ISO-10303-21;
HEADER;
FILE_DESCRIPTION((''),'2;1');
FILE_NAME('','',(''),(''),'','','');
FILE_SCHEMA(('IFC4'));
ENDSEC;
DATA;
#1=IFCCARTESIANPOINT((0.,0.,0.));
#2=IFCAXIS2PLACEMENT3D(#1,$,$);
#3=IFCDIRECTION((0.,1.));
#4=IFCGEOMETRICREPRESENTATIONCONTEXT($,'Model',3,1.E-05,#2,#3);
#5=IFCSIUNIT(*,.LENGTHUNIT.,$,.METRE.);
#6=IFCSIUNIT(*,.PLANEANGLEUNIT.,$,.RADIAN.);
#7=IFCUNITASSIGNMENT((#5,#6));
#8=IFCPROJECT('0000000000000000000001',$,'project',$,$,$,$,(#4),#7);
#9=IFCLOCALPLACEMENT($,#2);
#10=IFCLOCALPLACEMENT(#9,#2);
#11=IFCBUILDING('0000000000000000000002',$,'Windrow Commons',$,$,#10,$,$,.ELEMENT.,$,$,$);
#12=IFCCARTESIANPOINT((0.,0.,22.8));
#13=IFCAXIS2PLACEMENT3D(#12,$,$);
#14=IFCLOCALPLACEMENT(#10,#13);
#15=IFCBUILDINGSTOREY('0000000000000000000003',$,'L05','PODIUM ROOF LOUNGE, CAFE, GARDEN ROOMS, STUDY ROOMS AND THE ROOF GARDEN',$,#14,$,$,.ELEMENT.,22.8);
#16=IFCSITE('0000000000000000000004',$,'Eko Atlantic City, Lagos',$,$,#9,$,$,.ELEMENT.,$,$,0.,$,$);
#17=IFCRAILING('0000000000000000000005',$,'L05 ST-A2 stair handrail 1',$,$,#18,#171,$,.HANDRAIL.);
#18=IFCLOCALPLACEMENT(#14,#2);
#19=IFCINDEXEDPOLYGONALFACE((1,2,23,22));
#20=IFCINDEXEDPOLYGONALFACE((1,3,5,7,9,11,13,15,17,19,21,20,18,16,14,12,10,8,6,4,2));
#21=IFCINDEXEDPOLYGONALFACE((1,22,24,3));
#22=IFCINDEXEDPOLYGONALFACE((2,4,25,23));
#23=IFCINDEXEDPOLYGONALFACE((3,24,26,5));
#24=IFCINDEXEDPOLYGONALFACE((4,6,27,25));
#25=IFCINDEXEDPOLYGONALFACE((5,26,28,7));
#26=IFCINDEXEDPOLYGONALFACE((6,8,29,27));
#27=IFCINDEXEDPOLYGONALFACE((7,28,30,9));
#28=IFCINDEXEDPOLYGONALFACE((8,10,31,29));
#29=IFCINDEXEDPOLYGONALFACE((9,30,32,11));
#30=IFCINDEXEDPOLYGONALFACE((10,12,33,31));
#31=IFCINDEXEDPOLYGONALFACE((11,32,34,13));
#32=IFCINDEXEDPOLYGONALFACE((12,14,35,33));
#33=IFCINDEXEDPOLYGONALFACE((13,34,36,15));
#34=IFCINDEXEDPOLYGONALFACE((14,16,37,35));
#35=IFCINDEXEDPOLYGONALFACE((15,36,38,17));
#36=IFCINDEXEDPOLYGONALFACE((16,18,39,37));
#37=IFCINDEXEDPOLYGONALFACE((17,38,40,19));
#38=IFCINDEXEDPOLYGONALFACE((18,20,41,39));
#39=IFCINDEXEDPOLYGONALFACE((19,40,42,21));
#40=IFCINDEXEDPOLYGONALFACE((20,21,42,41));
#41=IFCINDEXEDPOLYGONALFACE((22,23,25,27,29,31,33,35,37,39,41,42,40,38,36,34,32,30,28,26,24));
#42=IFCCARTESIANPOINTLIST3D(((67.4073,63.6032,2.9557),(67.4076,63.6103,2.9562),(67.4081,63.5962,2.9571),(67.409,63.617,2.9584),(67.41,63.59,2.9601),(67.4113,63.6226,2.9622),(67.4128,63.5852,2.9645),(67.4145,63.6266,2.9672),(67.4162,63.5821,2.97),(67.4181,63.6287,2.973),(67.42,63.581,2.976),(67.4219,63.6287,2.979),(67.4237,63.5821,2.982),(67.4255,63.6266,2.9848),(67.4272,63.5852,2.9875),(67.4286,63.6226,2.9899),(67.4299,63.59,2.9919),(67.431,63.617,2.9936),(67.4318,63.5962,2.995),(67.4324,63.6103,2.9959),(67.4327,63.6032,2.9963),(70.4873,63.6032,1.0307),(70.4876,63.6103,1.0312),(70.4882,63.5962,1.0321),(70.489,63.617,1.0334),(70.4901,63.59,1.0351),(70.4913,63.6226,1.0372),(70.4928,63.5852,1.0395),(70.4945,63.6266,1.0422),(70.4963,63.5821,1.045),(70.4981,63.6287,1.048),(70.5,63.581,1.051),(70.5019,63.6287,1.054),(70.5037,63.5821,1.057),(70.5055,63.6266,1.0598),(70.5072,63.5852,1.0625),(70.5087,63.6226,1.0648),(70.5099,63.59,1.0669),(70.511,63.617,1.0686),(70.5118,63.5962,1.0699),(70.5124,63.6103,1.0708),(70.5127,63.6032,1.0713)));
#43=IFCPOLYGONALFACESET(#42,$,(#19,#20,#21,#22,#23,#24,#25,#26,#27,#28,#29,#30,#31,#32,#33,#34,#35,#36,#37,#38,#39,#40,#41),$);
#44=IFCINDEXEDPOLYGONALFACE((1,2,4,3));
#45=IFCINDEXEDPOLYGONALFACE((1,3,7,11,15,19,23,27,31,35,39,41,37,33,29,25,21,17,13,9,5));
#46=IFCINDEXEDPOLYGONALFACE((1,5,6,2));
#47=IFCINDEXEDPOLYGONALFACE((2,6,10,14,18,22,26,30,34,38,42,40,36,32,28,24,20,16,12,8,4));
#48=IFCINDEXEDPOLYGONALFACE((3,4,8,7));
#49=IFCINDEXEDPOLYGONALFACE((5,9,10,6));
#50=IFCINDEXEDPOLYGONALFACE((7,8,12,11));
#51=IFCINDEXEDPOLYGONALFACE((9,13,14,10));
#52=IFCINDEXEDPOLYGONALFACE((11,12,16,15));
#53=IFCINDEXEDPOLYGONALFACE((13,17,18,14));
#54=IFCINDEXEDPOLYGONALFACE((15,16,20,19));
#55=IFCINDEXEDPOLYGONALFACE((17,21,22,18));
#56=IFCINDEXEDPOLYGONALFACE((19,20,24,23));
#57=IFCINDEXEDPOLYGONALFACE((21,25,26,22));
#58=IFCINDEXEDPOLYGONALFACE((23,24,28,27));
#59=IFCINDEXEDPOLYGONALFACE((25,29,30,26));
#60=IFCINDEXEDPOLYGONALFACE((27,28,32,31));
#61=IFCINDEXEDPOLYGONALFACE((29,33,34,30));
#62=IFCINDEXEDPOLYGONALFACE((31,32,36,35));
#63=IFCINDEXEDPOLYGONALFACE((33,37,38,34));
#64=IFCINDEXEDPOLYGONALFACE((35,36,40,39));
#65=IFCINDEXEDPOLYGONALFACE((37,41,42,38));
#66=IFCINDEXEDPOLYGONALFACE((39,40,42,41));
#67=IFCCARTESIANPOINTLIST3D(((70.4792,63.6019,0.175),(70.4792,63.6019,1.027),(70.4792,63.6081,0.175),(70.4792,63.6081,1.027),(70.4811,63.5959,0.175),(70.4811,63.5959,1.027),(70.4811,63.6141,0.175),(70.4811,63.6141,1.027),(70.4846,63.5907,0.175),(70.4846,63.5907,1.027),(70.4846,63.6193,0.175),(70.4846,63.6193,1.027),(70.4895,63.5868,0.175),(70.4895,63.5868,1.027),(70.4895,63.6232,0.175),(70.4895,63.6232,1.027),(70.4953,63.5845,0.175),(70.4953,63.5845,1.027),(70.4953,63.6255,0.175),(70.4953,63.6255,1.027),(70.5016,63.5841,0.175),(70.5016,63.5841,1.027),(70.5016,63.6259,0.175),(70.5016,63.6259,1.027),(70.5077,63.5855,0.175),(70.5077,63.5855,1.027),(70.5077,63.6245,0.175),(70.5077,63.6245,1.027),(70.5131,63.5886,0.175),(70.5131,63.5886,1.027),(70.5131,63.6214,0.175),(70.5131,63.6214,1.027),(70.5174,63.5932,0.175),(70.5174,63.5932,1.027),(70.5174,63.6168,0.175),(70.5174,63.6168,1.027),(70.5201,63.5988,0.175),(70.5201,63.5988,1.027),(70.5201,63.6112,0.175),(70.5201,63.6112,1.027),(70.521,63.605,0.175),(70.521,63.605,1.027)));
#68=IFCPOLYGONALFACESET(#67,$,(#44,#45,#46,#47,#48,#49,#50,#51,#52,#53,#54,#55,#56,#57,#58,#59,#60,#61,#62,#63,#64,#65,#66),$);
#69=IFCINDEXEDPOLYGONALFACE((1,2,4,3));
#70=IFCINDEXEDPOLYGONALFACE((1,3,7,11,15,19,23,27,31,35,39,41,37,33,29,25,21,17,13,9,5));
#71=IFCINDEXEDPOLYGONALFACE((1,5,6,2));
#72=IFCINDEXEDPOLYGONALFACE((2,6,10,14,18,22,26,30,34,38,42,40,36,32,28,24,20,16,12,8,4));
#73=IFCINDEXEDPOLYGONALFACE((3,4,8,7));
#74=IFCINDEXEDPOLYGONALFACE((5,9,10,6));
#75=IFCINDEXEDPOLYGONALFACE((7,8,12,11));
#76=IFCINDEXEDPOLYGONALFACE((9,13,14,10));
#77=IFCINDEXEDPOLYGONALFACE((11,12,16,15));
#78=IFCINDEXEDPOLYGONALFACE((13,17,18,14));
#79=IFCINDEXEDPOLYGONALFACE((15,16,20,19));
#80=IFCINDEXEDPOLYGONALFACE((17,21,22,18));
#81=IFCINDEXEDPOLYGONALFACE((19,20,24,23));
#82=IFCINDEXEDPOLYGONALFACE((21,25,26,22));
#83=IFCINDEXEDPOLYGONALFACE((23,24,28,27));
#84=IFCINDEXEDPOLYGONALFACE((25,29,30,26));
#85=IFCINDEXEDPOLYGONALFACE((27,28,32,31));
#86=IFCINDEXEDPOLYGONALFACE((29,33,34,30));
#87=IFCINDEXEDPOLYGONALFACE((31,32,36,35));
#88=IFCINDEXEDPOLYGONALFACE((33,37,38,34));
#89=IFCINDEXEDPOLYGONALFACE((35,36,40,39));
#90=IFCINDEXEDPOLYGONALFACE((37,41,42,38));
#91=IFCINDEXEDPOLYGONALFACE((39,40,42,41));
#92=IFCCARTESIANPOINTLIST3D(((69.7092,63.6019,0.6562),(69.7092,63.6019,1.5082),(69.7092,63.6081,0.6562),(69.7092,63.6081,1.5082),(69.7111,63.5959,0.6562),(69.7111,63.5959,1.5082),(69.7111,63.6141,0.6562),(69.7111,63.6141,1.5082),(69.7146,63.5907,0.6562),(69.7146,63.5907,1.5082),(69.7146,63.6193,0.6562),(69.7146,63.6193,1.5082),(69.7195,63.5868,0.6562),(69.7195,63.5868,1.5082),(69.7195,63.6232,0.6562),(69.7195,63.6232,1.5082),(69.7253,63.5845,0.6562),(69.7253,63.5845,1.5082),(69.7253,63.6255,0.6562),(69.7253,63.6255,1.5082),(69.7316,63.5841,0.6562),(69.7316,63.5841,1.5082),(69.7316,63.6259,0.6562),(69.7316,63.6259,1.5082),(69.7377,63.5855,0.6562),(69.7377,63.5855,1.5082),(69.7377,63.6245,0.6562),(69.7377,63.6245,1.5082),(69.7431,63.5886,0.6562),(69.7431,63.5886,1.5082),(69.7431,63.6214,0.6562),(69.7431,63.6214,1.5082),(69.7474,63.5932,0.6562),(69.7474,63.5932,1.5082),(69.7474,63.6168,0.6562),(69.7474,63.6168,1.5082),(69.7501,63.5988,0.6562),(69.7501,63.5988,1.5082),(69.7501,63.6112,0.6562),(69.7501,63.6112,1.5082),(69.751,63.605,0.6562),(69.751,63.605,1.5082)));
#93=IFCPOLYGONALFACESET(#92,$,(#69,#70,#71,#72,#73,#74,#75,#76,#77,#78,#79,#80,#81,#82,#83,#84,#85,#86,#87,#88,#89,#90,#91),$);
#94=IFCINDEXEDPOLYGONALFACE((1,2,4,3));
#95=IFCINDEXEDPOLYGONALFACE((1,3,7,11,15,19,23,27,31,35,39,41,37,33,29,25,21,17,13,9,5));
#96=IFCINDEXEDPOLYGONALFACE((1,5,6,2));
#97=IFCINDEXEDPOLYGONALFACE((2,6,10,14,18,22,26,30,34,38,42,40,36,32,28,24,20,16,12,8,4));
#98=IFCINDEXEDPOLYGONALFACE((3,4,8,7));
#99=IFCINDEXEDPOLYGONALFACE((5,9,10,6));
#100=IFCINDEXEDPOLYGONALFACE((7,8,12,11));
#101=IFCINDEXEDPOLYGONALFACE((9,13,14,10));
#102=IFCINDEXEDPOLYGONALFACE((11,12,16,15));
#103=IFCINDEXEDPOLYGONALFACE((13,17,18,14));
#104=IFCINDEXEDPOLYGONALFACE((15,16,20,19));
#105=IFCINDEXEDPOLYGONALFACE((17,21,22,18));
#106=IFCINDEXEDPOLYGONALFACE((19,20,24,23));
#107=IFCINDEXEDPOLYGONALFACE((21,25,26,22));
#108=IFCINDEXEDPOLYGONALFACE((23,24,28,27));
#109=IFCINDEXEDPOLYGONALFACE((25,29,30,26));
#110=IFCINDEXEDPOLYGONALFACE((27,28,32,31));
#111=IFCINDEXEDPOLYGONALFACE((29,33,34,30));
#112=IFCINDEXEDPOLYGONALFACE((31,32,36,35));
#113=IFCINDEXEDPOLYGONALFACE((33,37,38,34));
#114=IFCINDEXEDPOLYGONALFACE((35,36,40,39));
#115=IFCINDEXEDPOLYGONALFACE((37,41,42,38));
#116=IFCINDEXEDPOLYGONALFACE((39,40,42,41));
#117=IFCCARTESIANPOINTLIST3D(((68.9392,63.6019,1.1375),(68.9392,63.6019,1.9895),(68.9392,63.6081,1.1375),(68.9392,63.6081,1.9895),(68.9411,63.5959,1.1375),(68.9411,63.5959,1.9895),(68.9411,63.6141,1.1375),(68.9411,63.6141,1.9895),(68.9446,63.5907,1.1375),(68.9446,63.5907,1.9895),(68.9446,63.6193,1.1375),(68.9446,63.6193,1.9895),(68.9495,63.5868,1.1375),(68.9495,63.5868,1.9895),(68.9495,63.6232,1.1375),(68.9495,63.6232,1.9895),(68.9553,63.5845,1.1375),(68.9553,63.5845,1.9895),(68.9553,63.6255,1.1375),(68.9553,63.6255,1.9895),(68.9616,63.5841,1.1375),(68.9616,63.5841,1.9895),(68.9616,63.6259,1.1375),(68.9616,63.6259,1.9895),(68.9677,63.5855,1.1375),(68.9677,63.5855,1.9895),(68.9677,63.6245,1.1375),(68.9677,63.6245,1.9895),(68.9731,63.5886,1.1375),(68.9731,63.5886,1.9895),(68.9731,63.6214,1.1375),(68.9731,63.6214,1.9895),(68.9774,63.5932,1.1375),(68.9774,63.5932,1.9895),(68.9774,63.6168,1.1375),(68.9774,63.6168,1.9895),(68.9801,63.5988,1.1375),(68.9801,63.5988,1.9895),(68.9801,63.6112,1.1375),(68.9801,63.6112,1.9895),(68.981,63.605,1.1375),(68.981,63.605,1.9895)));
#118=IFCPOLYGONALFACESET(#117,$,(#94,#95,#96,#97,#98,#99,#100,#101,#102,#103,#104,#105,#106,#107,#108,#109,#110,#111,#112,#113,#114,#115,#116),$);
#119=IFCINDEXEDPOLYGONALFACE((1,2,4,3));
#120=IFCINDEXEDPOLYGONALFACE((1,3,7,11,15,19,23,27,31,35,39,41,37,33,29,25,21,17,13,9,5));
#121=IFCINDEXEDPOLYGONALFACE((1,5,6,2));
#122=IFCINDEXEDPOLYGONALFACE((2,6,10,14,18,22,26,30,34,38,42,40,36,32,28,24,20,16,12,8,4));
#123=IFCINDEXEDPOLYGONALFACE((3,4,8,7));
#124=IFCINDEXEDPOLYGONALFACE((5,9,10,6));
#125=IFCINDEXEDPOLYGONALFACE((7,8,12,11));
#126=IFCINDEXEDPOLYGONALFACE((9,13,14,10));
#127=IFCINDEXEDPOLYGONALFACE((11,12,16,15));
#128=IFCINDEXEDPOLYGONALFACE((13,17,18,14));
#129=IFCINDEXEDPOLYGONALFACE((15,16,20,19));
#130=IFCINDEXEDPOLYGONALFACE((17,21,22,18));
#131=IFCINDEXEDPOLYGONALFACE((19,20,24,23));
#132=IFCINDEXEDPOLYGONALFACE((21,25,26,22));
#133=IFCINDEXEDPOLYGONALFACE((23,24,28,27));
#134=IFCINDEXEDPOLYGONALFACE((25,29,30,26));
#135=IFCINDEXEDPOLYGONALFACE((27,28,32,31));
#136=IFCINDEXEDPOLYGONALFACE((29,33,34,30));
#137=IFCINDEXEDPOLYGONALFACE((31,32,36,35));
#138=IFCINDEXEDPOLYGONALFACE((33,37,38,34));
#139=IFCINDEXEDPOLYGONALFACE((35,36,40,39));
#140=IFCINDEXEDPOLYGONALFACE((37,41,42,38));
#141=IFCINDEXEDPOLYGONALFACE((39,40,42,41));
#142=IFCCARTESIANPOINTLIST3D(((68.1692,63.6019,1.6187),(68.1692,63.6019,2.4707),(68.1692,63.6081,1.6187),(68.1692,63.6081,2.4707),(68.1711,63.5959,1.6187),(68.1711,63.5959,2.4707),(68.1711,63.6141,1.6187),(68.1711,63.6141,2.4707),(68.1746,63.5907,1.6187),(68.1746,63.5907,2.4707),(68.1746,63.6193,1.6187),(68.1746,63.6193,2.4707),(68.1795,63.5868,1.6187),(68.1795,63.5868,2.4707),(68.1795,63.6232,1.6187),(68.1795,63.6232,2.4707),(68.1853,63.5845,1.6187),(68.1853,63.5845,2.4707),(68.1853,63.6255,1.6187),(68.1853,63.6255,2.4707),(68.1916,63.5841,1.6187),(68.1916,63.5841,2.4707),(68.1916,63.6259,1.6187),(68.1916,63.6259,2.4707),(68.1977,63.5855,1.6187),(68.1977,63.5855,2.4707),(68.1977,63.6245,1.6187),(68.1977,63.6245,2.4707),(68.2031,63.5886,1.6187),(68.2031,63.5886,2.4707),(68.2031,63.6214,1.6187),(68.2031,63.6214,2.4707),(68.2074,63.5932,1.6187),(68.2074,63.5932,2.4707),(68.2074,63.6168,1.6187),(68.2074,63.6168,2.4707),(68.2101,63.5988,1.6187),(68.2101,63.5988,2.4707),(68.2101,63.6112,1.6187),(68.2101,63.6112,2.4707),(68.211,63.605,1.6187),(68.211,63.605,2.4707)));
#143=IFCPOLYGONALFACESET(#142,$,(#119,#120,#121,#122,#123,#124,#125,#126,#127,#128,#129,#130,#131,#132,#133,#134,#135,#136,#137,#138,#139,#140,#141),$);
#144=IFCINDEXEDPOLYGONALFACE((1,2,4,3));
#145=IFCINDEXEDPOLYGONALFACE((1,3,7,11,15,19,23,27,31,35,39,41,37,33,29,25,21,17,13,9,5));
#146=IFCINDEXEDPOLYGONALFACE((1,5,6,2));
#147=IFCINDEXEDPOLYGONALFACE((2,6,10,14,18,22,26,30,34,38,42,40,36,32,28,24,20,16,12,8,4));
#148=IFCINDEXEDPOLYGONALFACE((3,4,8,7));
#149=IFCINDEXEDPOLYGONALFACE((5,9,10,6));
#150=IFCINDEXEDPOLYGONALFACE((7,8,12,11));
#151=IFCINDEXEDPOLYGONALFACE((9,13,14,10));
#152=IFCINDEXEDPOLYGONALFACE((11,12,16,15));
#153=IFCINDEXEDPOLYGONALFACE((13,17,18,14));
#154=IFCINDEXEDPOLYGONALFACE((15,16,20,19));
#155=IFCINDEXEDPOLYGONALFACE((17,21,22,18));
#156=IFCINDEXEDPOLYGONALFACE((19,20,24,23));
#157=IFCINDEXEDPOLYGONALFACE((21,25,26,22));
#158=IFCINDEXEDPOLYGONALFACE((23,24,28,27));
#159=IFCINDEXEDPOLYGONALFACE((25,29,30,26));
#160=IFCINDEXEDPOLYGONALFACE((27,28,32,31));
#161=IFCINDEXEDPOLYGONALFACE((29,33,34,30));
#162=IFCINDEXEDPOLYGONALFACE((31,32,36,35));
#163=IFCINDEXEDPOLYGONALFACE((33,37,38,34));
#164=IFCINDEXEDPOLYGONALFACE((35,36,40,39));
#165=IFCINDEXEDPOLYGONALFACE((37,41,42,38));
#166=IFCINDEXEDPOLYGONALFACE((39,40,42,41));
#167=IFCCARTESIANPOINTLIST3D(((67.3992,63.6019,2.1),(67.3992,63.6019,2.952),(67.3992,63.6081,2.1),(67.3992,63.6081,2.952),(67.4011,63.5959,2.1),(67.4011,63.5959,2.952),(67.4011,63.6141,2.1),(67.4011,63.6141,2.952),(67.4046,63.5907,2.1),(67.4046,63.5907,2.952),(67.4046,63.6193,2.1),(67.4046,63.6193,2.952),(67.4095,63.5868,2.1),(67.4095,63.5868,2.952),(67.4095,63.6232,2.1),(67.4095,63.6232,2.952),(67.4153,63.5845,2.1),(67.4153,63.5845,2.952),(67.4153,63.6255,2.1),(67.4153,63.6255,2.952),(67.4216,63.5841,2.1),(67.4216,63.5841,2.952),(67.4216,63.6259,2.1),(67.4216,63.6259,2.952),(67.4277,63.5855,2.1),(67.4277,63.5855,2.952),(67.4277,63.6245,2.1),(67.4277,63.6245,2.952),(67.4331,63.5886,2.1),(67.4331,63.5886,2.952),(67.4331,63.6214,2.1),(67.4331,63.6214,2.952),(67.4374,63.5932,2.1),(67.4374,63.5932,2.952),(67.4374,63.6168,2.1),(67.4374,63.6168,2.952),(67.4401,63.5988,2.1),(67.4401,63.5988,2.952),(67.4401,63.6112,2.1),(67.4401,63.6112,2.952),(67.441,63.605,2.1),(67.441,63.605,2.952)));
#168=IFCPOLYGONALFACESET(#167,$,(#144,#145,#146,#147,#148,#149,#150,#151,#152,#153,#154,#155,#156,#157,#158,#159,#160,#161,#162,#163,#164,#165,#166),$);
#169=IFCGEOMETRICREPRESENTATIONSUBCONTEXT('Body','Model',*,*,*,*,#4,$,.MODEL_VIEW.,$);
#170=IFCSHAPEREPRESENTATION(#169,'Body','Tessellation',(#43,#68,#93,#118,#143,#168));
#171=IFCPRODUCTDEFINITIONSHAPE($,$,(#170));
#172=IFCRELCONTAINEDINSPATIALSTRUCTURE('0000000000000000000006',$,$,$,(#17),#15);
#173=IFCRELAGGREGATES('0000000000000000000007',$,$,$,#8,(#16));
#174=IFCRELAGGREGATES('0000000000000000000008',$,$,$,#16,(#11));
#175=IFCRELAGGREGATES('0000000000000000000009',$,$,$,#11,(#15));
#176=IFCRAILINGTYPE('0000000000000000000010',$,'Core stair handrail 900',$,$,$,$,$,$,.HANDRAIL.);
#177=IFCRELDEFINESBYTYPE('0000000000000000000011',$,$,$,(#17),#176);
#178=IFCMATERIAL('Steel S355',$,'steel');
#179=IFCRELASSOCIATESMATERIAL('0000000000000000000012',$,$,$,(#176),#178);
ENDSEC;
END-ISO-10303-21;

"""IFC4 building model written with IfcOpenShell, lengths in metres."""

from ifc_helpers import new_model, si_unit, direction, frame, origin, origin_2d, place, context, subcontext, project, spatial, circle, extrude, material, type_object, element, save


model = new_model("IFC4")

# Units and contexts
model_context = context("Model", 3, precision=1e-05, world=origin(), true_north=direction((0.0, 1.0)))
body_context = subcontext(model_context, "Body", "Model", "MODEL_VIEW")
ifc_project = project(units=[si_unit("LENGTHUNIT", "METRE"), si_unit("PLANEANGLEUNIT", "RADIAN")], contexts=[model_context])

# Site, building, storey
site_placement = place(None, origin())
site = spatial("IfcSite", under=ifc_project, at=site_placement, Name="Eko Atlantic City, Lagos", CompositionType="ELEMENT", RefElevation=0.0)
building_placement = place(site_placement, origin())
building = spatial("IfcBuilding", under=site, at=building_placement, Name="Windrow Commons", CompositionType="ELEMENT")
storey_placement = place(building_placement, frame((0.0, 0.0, 22.8)))
storey = spatial("IfcBuildingStorey", under=building, at=storey_placement, Name="L05", Description="PODIUM ROOF LOUNGE, CAFE, GARDEN ROOMS, STUDY ROOMS AND THE ROOF GARDEN", CompositionType="ELEMENT", Elevation=22.8)

# Railing
ifc_material_1 = material(Name="Steel S355", Category="steel")
railing_type_1 = type_object("IfcRailingType", Name="Core stair handrail 900", PredefinedType="HANDRAIL", material=ifc_material_1)
railing_1_placement = place(storey_placement, frame((70.5, 63.605, 0.175)))
element("IfcRailing", 1, at=railing_1_placement, inside=storey, type_object=railing_type_1, Name="L05 ST-A2 stair handrail 1", PredefinedType="HANDRAIL", context=body_context, shape_type="SweptSolid", body=[
    extrude(circle(Radius=0.024, at=origin_2d()), frame((0.0, 0.0, 0.876), z_axis=(-0.847998, 0.0, 0.529999), x_axis=(0.0, -1.0, 0.0)), (0.0, 0.0, 1.0), 3.6321),
    extrude(circle(Radius=0.021, at=origin_2d()), origin(), (0.0, 0.0, 1.0), 0.852),
    extrude(circle(Radius=0.021, at=origin_2d()), frame((-0.77, 0.0, 0.4812)), (0.0, 0.0, 1.0), 0.852),
    extrude(circle(Radius=0.021, at=origin_2d()), frame((-1.54, 0.0, 0.9625)), (0.0, 0.0, 1.0), 0.852),
    extrude(circle(Radius=0.021, at=origin_2d()), frame((-2.31, 0.0, 1.4437)), (0.0, 0.0, 1.0), 0.852),
    extrude(circle(Radius=0.021, at=origin_2d()), frame((-3.08, 0.0, 1.925)), (0.0, 0.0, 1.0), 0.852),
])

save(model, "model.ifc")
